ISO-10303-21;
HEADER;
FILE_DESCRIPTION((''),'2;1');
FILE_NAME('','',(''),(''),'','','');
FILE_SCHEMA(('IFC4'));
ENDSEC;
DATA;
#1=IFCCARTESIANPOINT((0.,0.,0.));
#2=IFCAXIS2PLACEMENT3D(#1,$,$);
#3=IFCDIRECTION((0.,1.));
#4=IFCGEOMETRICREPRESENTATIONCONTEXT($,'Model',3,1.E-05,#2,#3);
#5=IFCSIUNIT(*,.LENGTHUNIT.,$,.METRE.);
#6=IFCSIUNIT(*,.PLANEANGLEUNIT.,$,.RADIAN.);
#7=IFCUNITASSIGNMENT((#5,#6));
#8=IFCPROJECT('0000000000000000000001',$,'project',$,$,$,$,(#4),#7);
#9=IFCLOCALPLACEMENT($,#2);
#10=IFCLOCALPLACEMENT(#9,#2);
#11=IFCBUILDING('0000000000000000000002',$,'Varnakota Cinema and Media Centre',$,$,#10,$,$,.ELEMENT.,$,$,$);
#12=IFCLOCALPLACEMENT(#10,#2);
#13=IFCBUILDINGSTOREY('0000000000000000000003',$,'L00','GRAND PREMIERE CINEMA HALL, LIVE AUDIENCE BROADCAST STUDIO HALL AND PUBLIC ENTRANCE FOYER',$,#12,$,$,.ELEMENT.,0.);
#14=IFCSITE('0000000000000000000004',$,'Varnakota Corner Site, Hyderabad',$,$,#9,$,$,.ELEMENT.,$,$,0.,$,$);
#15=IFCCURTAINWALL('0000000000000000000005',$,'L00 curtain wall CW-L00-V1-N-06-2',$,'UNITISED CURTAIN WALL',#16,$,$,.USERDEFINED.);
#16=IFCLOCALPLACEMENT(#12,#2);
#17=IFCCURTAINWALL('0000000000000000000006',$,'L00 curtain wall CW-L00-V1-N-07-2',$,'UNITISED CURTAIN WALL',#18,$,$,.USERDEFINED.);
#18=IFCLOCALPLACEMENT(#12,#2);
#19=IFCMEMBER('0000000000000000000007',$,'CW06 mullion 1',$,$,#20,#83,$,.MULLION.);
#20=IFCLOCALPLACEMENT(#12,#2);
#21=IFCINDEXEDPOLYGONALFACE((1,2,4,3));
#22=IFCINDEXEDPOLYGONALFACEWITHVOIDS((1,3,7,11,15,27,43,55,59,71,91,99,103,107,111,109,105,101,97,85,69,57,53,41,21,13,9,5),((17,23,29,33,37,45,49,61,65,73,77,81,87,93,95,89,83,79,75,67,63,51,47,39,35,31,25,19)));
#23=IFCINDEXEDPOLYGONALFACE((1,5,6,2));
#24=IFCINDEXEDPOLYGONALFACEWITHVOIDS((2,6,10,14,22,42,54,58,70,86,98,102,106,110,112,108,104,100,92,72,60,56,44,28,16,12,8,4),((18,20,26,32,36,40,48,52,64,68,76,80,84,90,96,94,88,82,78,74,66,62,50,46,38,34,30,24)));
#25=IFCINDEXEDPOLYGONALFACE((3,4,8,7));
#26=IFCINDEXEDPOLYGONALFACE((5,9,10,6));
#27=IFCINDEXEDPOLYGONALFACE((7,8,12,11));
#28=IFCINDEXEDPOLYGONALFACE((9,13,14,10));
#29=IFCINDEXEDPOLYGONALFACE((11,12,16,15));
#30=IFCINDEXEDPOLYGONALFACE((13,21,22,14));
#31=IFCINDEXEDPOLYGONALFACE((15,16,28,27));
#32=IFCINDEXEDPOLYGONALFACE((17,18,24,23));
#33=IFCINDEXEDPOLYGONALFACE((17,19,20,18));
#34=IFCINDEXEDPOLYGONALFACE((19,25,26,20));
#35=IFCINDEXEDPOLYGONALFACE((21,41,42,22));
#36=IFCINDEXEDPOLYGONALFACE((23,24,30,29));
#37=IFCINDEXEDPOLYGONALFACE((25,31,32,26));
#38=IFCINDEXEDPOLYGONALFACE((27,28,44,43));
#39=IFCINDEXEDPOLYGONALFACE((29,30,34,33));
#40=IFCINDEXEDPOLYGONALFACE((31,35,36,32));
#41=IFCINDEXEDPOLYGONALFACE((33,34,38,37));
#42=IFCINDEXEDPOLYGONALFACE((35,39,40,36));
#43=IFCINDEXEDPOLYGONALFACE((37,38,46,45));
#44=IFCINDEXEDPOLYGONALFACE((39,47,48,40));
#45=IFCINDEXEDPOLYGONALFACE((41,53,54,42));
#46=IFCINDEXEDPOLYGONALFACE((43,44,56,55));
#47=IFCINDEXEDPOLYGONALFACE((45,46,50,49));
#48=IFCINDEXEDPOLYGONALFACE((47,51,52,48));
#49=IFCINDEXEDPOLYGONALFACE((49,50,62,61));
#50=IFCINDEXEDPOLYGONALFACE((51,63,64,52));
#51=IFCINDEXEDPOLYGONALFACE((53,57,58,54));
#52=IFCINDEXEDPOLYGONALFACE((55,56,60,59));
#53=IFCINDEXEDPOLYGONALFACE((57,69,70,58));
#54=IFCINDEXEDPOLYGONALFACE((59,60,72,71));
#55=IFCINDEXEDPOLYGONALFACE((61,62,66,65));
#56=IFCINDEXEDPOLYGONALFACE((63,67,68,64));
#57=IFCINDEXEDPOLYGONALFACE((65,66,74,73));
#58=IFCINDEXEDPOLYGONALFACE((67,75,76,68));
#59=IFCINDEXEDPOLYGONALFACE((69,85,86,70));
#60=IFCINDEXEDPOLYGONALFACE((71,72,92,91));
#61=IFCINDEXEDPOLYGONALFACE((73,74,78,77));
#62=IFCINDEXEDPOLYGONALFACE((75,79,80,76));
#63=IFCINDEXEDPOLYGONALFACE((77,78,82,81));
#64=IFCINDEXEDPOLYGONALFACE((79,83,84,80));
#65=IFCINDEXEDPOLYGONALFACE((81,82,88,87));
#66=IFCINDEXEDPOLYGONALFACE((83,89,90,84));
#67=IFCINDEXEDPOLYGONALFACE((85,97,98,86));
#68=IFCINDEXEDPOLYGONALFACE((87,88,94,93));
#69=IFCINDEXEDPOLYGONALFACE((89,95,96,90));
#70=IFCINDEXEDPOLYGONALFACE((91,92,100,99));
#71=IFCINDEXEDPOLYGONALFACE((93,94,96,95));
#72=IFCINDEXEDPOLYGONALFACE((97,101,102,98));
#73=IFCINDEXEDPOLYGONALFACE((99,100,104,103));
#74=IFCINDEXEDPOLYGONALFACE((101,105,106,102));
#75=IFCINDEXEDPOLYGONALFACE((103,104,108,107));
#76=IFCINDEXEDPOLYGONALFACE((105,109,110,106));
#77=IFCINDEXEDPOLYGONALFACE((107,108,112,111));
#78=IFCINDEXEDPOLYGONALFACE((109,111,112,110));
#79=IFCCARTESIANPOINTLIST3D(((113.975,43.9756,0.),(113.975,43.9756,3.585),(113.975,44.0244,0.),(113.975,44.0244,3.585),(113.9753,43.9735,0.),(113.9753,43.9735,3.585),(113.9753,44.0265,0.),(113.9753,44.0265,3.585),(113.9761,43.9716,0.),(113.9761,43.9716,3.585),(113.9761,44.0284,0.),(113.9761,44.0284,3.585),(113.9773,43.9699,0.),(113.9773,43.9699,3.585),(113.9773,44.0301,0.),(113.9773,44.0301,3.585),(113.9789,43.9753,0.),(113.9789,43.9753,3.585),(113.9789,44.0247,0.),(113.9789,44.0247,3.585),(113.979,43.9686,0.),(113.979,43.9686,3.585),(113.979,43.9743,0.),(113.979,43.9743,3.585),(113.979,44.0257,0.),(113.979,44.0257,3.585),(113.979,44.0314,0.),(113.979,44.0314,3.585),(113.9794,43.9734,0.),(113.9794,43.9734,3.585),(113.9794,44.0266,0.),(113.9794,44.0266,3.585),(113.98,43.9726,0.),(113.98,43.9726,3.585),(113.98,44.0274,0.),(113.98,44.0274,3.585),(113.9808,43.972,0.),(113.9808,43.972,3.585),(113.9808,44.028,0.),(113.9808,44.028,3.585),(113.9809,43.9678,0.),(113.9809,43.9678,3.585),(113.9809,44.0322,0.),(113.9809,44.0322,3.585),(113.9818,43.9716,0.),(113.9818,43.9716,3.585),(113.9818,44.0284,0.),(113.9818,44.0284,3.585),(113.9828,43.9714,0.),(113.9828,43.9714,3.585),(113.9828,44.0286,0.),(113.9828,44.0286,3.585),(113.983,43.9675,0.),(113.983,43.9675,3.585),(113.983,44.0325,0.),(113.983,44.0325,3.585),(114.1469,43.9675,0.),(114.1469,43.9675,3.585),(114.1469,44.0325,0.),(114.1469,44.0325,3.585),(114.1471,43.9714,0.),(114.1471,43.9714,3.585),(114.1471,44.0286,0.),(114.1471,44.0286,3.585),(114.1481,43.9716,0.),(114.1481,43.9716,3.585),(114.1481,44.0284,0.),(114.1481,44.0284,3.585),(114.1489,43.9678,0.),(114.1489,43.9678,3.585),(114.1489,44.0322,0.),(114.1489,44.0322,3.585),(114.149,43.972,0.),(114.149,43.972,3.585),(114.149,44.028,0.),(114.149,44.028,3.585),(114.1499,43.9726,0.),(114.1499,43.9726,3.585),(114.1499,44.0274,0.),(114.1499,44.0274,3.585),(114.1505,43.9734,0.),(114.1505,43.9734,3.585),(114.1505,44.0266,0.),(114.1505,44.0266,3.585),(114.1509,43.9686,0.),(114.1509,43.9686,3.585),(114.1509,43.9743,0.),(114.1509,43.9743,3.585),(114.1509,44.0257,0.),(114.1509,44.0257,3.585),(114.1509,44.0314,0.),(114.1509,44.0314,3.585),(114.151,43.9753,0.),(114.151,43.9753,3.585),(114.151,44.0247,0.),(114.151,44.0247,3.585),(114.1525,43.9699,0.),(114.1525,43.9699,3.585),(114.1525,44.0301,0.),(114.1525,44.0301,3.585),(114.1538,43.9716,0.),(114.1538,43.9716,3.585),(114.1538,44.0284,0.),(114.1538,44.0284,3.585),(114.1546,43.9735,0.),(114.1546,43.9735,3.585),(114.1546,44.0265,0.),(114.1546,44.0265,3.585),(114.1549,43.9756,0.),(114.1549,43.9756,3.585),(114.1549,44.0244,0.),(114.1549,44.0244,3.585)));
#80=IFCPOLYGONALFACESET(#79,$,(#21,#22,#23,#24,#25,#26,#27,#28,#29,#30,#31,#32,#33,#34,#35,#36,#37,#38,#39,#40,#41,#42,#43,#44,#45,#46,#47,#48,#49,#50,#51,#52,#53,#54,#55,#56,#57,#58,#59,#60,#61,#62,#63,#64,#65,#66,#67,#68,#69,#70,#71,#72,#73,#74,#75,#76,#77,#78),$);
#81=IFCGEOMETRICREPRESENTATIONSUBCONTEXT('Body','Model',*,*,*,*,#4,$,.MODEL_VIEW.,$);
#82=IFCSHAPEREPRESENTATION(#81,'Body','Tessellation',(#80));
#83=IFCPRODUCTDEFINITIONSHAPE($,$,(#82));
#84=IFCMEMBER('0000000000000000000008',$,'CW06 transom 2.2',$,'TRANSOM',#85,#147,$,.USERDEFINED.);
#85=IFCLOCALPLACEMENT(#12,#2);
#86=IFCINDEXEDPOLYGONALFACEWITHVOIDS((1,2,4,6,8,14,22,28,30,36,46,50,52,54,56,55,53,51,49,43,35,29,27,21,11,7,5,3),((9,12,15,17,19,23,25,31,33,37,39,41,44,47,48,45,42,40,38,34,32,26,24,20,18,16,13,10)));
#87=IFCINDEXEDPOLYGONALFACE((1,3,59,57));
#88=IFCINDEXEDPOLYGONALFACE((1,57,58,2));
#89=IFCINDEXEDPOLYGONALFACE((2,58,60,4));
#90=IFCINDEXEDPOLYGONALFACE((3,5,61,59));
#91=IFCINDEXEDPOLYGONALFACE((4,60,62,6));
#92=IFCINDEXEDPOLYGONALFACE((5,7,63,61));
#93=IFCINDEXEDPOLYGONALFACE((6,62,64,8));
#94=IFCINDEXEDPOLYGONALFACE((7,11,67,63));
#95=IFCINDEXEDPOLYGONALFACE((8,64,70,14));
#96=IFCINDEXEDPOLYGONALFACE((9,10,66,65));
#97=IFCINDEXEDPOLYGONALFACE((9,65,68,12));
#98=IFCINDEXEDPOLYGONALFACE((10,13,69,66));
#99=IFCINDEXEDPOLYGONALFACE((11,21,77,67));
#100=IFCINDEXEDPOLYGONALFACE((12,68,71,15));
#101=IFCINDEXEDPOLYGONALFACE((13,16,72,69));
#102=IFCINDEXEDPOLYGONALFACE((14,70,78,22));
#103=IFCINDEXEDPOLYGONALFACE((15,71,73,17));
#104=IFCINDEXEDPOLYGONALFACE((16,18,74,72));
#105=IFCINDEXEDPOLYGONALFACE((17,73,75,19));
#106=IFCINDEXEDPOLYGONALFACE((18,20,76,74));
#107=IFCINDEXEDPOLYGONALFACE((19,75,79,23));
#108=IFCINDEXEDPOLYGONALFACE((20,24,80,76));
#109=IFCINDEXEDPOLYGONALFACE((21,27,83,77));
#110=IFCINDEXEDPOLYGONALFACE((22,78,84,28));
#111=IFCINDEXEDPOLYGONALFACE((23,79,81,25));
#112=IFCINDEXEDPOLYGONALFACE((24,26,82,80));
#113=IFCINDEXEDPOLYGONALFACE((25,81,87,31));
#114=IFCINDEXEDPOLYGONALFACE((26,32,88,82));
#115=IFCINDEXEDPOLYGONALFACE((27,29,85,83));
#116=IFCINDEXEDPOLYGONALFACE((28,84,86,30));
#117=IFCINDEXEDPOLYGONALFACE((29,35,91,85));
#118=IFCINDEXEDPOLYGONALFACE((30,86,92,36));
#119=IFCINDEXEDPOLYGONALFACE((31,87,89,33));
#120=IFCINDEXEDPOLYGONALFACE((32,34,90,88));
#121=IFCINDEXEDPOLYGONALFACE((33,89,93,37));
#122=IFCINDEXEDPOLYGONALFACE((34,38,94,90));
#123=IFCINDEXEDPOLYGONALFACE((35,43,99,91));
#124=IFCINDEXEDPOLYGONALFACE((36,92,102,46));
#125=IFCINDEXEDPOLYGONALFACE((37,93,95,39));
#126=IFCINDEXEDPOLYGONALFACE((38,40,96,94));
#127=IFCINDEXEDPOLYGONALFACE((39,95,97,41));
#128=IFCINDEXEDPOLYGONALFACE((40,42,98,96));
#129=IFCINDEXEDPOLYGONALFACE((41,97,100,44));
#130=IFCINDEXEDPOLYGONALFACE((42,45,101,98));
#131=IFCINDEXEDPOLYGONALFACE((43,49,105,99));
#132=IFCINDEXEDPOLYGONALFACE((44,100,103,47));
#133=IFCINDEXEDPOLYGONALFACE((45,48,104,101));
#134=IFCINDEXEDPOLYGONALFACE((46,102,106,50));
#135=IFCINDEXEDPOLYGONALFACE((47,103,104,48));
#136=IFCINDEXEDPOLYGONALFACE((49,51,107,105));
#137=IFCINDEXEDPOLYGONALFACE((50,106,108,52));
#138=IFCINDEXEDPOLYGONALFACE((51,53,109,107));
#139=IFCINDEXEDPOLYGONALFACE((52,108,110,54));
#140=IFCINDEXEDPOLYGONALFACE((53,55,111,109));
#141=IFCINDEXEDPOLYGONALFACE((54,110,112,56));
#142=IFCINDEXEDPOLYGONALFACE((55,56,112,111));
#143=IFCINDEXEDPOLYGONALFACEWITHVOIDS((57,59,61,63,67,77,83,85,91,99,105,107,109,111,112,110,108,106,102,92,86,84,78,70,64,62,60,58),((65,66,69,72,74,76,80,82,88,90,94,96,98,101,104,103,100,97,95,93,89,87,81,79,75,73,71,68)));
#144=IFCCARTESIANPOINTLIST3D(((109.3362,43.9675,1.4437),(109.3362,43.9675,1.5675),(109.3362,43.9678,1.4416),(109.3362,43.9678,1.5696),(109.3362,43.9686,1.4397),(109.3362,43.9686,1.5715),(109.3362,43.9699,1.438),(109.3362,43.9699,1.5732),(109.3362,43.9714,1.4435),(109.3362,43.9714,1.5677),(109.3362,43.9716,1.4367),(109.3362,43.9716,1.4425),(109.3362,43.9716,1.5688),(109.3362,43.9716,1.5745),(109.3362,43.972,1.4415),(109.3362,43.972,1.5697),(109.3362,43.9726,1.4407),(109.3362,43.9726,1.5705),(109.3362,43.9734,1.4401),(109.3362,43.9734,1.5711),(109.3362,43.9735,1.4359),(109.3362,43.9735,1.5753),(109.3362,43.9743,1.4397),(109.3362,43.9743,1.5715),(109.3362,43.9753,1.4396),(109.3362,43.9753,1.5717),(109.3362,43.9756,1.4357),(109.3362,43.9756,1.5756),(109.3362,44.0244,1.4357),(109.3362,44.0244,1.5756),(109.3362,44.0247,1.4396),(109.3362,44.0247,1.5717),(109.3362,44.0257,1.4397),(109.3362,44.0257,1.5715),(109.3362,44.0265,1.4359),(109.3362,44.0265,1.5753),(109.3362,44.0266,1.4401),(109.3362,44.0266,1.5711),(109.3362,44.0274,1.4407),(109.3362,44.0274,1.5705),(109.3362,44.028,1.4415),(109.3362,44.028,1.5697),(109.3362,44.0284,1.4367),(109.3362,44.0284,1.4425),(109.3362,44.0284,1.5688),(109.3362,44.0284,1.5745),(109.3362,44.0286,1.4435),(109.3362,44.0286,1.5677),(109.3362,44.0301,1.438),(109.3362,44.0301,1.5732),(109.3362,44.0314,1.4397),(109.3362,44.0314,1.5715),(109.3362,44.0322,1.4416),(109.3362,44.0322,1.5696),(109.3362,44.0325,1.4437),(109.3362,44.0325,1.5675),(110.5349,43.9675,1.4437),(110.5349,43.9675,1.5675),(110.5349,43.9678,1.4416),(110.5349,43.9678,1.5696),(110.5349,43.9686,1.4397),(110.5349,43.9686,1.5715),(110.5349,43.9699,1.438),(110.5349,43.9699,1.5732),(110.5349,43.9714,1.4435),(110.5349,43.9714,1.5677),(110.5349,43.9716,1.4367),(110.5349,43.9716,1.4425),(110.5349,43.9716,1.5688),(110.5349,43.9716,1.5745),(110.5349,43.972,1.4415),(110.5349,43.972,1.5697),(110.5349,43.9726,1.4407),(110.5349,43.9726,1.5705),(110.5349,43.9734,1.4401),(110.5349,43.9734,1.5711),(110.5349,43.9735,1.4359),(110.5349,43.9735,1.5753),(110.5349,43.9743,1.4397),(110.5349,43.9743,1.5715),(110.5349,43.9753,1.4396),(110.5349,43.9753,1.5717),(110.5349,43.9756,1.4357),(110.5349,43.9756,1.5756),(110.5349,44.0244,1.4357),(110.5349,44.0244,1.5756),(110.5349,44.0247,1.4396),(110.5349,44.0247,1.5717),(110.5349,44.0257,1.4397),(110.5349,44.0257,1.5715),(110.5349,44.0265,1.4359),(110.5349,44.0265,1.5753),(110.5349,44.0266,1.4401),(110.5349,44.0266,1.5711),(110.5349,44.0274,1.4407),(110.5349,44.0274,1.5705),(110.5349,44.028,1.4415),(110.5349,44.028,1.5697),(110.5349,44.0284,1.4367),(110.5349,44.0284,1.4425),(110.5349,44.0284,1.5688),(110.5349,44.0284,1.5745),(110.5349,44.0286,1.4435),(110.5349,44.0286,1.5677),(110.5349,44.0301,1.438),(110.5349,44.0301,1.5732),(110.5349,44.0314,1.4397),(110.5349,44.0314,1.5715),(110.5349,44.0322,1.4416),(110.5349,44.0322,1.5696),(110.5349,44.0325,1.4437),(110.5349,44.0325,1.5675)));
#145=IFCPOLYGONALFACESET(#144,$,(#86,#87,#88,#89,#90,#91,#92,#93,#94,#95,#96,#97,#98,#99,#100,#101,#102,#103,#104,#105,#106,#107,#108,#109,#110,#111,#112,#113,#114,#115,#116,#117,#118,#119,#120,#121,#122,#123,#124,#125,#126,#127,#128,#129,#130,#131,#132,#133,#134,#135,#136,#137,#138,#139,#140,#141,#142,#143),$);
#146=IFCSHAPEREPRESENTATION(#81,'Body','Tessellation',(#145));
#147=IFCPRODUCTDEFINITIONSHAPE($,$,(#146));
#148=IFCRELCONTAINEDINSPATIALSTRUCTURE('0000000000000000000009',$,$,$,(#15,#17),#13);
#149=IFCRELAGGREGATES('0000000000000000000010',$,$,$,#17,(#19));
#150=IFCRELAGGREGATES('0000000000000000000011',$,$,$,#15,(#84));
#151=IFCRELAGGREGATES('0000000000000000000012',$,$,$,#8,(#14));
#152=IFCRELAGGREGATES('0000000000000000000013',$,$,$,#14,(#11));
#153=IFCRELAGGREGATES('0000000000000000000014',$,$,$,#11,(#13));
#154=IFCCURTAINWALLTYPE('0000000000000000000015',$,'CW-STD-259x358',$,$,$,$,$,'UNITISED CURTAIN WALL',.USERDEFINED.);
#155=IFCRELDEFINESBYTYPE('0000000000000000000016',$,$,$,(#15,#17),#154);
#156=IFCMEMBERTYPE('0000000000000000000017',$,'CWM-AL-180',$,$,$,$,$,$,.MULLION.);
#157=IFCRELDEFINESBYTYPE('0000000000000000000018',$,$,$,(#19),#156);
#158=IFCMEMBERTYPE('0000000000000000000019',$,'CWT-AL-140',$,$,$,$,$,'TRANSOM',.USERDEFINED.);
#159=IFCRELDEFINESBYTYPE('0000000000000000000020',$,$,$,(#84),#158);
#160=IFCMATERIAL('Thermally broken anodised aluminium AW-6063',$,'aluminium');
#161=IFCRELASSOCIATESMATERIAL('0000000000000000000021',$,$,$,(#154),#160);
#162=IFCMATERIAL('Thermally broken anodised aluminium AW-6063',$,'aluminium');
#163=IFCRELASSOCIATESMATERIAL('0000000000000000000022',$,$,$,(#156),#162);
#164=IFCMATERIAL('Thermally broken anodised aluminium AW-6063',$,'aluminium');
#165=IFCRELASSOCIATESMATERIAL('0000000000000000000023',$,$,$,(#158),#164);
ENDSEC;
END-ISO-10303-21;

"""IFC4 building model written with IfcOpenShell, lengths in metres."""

from ifc_helpers import new_model, si_unit, direction, frame, origin, origin_2d, place, context, subcontext, project, spatial, hollow_rectangle, extrude, material, material_profile, profile_set, type_object, element, aggregate, save


model = new_model("IFC4")

# Units and contexts
model_context = context("Model", 3, precision=1e-05, world=origin(), true_north=direction((0.0, 1.0)))
body_context = subcontext(model_context, "Body", "Model", "MODEL_VIEW")
ifc_project = project(units=[si_unit("LENGTHUNIT", "METRE"), si_unit("PLANEANGLEUNIT", "RADIAN")], contexts=[model_context])

# Site, building, storey
site_placement = place(None, origin())
site = spatial("IfcSite", under=ifc_project, at=site_placement, Name="Varnakota Corner Site, Hyderabad", CompositionType="ELEMENT", RefElevation=0.0)
building_placement = place(site_placement, origin())
building = spatial("IfcBuilding", under=site, at=building_placement, Name="Varnakota Cinema and Media Centre", CompositionType="ELEMENT")
storey_placement = place(building_placement, origin())
storey = spatial("IfcBuildingStorey", under=building, at=storey_placement, Name="L00", Description="GRAND PREMIERE CINEMA HALL, LIVE AUDIENCE BROADCAST STUDIO HALL AND PUBLIC ENTRANCE FOYER", CompositionType="ELEMENT", Elevation=0.0)

# Curtain wall
ifc_material_1 = material(Name="Thermally broken anodised aluminium AW-6063", Category="aluminium")
curtain_wall_type = type_object("IfcCurtainWallType", Name="CW-STD-259x358", ElementType="UNITISED CURTAIN WALL", PredefinedType="USERDEFINED", material=ifc_material_1)
curtain_wall_1_placement = place(storey_placement, origin())
curtain_wall_1 = element("IfcCurtainWall", 1, at=curtain_wall_1_placement, inside=storey, type_object=curtain_wall_type, Name="L00 curtain wall CW-L00-V1-N-06-2", ObjectType="UNITISED CURTAIN WALL", PredefinedType="USERDEFINED")
ifc_material_2 = material(Name="Thermally broken anodised aluminium AW-6063", Category="aluminium")
ifc_material_profile_1 = material_profile(ifc_material_2, hollow_rectangle(XDim=0.0649, YDim=0.1799, WallThickness=0.0039, InnerFilletRadius=0.0039, OuterFilletRadius=0.0081, at=origin_2d()), Name="AL-MULLION 180x65x4")
ifc_profile_set_1 = profile_set([ifc_material_profile_1], Name="Thermally broken anodised aluminium AW-6063")
member_type_1 = type_object("IfcMemberType", Name="CWM-AL-180", PredefinedType="MULLION", material=ifc_profile_set_1)

# Curtain wall, member
curtain_wall_2_placement = place(storey_placement, origin())
curtain_wall_2 = element("IfcCurtainWall", 2, at=curtain_wall_2_placement, inside=storey, type_object=curtain_wall_type, Name="L00 curtain wall CW-L00-V1-N-07-2", ObjectType="UNITISED CURTAIN WALL", PredefinedType="USERDEFINED")
member_1_placement = place(storey_placement, frame((114.0649, 44.0, 0.0), z_axis=(0.0, 0.0, 1.0), x_axis=(0.0, 1.0, 0.0)))
member_1 = element("IfcMember", 3, at=member_1_placement, type_object=member_type_1, Name="CW06 mullion 1", PredefinedType="MULLION", context=body_context, shape_type="SweptSolid", body=[
    extrude(hollow_rectangle(XDim=0.0649, YDim=0.1799, WallThickness=0.0039, InnerFilletRadius=0.0039, OuterFilletRadius=0.0081, at=origin_2d()), origin(), (0.0, 0.0, 1.0), 3.585),
])

# Member
ifc_material_3 = material(Name="Thermally broken anodised aluminium AW-6063", Category="aluminium")
ifc_material_profile_2 = material_profile(ifc_material_3, hollow_rectangle(XDim=0.0649, YDim=0.1399, WallThickness=0.0039, InnerFilletRadius=0.0039, OuterFilletRadius=0.0081, at=origin_2d()), Name="AL-TRANSOM 140x65x4")
ifc_profile_set_2 = profile_set([ifc_material_profile_2], Name="Thermally broken anodised aluminium AW-6063")
member_type_2 = type_object("IfcMemberType", Name="CWT-AL-140", ElementType="TRANSOM", PredefinedType="USERDEFINED", material=ifc_profile_set_2)
member_2_placement = place(storey_placement, frame((109.3362, 44.0, 1.5056), z_axis=(1.0, 0.0, 0.0), x_axis=(0.0, 1.0, 0.0)))
member_2 = element("IfcMember", 4, at=member_2_placement, type_object=member_type_2, Name="CW06 transom 2.2", ObjectType="TRANSOM", PredefinedType="USERDEFINED", context=body_context, shape_type="SweptSolid", body=[
    extrude(hollow_rectangle(XDim=0.0649, YDim=0.1399, WallThickness=0.0039, InnerFilletRadius=0.0039, OuterFilletRadius=0.0081, at=origin_2d()), origin(), (0.0, 0.0, 1.0), 1.1987),
])
aggregate(curtain_wall_2, [member_1])

aggregate(curtain_wall_1, [member_2])

save(model, "model.ifc")
